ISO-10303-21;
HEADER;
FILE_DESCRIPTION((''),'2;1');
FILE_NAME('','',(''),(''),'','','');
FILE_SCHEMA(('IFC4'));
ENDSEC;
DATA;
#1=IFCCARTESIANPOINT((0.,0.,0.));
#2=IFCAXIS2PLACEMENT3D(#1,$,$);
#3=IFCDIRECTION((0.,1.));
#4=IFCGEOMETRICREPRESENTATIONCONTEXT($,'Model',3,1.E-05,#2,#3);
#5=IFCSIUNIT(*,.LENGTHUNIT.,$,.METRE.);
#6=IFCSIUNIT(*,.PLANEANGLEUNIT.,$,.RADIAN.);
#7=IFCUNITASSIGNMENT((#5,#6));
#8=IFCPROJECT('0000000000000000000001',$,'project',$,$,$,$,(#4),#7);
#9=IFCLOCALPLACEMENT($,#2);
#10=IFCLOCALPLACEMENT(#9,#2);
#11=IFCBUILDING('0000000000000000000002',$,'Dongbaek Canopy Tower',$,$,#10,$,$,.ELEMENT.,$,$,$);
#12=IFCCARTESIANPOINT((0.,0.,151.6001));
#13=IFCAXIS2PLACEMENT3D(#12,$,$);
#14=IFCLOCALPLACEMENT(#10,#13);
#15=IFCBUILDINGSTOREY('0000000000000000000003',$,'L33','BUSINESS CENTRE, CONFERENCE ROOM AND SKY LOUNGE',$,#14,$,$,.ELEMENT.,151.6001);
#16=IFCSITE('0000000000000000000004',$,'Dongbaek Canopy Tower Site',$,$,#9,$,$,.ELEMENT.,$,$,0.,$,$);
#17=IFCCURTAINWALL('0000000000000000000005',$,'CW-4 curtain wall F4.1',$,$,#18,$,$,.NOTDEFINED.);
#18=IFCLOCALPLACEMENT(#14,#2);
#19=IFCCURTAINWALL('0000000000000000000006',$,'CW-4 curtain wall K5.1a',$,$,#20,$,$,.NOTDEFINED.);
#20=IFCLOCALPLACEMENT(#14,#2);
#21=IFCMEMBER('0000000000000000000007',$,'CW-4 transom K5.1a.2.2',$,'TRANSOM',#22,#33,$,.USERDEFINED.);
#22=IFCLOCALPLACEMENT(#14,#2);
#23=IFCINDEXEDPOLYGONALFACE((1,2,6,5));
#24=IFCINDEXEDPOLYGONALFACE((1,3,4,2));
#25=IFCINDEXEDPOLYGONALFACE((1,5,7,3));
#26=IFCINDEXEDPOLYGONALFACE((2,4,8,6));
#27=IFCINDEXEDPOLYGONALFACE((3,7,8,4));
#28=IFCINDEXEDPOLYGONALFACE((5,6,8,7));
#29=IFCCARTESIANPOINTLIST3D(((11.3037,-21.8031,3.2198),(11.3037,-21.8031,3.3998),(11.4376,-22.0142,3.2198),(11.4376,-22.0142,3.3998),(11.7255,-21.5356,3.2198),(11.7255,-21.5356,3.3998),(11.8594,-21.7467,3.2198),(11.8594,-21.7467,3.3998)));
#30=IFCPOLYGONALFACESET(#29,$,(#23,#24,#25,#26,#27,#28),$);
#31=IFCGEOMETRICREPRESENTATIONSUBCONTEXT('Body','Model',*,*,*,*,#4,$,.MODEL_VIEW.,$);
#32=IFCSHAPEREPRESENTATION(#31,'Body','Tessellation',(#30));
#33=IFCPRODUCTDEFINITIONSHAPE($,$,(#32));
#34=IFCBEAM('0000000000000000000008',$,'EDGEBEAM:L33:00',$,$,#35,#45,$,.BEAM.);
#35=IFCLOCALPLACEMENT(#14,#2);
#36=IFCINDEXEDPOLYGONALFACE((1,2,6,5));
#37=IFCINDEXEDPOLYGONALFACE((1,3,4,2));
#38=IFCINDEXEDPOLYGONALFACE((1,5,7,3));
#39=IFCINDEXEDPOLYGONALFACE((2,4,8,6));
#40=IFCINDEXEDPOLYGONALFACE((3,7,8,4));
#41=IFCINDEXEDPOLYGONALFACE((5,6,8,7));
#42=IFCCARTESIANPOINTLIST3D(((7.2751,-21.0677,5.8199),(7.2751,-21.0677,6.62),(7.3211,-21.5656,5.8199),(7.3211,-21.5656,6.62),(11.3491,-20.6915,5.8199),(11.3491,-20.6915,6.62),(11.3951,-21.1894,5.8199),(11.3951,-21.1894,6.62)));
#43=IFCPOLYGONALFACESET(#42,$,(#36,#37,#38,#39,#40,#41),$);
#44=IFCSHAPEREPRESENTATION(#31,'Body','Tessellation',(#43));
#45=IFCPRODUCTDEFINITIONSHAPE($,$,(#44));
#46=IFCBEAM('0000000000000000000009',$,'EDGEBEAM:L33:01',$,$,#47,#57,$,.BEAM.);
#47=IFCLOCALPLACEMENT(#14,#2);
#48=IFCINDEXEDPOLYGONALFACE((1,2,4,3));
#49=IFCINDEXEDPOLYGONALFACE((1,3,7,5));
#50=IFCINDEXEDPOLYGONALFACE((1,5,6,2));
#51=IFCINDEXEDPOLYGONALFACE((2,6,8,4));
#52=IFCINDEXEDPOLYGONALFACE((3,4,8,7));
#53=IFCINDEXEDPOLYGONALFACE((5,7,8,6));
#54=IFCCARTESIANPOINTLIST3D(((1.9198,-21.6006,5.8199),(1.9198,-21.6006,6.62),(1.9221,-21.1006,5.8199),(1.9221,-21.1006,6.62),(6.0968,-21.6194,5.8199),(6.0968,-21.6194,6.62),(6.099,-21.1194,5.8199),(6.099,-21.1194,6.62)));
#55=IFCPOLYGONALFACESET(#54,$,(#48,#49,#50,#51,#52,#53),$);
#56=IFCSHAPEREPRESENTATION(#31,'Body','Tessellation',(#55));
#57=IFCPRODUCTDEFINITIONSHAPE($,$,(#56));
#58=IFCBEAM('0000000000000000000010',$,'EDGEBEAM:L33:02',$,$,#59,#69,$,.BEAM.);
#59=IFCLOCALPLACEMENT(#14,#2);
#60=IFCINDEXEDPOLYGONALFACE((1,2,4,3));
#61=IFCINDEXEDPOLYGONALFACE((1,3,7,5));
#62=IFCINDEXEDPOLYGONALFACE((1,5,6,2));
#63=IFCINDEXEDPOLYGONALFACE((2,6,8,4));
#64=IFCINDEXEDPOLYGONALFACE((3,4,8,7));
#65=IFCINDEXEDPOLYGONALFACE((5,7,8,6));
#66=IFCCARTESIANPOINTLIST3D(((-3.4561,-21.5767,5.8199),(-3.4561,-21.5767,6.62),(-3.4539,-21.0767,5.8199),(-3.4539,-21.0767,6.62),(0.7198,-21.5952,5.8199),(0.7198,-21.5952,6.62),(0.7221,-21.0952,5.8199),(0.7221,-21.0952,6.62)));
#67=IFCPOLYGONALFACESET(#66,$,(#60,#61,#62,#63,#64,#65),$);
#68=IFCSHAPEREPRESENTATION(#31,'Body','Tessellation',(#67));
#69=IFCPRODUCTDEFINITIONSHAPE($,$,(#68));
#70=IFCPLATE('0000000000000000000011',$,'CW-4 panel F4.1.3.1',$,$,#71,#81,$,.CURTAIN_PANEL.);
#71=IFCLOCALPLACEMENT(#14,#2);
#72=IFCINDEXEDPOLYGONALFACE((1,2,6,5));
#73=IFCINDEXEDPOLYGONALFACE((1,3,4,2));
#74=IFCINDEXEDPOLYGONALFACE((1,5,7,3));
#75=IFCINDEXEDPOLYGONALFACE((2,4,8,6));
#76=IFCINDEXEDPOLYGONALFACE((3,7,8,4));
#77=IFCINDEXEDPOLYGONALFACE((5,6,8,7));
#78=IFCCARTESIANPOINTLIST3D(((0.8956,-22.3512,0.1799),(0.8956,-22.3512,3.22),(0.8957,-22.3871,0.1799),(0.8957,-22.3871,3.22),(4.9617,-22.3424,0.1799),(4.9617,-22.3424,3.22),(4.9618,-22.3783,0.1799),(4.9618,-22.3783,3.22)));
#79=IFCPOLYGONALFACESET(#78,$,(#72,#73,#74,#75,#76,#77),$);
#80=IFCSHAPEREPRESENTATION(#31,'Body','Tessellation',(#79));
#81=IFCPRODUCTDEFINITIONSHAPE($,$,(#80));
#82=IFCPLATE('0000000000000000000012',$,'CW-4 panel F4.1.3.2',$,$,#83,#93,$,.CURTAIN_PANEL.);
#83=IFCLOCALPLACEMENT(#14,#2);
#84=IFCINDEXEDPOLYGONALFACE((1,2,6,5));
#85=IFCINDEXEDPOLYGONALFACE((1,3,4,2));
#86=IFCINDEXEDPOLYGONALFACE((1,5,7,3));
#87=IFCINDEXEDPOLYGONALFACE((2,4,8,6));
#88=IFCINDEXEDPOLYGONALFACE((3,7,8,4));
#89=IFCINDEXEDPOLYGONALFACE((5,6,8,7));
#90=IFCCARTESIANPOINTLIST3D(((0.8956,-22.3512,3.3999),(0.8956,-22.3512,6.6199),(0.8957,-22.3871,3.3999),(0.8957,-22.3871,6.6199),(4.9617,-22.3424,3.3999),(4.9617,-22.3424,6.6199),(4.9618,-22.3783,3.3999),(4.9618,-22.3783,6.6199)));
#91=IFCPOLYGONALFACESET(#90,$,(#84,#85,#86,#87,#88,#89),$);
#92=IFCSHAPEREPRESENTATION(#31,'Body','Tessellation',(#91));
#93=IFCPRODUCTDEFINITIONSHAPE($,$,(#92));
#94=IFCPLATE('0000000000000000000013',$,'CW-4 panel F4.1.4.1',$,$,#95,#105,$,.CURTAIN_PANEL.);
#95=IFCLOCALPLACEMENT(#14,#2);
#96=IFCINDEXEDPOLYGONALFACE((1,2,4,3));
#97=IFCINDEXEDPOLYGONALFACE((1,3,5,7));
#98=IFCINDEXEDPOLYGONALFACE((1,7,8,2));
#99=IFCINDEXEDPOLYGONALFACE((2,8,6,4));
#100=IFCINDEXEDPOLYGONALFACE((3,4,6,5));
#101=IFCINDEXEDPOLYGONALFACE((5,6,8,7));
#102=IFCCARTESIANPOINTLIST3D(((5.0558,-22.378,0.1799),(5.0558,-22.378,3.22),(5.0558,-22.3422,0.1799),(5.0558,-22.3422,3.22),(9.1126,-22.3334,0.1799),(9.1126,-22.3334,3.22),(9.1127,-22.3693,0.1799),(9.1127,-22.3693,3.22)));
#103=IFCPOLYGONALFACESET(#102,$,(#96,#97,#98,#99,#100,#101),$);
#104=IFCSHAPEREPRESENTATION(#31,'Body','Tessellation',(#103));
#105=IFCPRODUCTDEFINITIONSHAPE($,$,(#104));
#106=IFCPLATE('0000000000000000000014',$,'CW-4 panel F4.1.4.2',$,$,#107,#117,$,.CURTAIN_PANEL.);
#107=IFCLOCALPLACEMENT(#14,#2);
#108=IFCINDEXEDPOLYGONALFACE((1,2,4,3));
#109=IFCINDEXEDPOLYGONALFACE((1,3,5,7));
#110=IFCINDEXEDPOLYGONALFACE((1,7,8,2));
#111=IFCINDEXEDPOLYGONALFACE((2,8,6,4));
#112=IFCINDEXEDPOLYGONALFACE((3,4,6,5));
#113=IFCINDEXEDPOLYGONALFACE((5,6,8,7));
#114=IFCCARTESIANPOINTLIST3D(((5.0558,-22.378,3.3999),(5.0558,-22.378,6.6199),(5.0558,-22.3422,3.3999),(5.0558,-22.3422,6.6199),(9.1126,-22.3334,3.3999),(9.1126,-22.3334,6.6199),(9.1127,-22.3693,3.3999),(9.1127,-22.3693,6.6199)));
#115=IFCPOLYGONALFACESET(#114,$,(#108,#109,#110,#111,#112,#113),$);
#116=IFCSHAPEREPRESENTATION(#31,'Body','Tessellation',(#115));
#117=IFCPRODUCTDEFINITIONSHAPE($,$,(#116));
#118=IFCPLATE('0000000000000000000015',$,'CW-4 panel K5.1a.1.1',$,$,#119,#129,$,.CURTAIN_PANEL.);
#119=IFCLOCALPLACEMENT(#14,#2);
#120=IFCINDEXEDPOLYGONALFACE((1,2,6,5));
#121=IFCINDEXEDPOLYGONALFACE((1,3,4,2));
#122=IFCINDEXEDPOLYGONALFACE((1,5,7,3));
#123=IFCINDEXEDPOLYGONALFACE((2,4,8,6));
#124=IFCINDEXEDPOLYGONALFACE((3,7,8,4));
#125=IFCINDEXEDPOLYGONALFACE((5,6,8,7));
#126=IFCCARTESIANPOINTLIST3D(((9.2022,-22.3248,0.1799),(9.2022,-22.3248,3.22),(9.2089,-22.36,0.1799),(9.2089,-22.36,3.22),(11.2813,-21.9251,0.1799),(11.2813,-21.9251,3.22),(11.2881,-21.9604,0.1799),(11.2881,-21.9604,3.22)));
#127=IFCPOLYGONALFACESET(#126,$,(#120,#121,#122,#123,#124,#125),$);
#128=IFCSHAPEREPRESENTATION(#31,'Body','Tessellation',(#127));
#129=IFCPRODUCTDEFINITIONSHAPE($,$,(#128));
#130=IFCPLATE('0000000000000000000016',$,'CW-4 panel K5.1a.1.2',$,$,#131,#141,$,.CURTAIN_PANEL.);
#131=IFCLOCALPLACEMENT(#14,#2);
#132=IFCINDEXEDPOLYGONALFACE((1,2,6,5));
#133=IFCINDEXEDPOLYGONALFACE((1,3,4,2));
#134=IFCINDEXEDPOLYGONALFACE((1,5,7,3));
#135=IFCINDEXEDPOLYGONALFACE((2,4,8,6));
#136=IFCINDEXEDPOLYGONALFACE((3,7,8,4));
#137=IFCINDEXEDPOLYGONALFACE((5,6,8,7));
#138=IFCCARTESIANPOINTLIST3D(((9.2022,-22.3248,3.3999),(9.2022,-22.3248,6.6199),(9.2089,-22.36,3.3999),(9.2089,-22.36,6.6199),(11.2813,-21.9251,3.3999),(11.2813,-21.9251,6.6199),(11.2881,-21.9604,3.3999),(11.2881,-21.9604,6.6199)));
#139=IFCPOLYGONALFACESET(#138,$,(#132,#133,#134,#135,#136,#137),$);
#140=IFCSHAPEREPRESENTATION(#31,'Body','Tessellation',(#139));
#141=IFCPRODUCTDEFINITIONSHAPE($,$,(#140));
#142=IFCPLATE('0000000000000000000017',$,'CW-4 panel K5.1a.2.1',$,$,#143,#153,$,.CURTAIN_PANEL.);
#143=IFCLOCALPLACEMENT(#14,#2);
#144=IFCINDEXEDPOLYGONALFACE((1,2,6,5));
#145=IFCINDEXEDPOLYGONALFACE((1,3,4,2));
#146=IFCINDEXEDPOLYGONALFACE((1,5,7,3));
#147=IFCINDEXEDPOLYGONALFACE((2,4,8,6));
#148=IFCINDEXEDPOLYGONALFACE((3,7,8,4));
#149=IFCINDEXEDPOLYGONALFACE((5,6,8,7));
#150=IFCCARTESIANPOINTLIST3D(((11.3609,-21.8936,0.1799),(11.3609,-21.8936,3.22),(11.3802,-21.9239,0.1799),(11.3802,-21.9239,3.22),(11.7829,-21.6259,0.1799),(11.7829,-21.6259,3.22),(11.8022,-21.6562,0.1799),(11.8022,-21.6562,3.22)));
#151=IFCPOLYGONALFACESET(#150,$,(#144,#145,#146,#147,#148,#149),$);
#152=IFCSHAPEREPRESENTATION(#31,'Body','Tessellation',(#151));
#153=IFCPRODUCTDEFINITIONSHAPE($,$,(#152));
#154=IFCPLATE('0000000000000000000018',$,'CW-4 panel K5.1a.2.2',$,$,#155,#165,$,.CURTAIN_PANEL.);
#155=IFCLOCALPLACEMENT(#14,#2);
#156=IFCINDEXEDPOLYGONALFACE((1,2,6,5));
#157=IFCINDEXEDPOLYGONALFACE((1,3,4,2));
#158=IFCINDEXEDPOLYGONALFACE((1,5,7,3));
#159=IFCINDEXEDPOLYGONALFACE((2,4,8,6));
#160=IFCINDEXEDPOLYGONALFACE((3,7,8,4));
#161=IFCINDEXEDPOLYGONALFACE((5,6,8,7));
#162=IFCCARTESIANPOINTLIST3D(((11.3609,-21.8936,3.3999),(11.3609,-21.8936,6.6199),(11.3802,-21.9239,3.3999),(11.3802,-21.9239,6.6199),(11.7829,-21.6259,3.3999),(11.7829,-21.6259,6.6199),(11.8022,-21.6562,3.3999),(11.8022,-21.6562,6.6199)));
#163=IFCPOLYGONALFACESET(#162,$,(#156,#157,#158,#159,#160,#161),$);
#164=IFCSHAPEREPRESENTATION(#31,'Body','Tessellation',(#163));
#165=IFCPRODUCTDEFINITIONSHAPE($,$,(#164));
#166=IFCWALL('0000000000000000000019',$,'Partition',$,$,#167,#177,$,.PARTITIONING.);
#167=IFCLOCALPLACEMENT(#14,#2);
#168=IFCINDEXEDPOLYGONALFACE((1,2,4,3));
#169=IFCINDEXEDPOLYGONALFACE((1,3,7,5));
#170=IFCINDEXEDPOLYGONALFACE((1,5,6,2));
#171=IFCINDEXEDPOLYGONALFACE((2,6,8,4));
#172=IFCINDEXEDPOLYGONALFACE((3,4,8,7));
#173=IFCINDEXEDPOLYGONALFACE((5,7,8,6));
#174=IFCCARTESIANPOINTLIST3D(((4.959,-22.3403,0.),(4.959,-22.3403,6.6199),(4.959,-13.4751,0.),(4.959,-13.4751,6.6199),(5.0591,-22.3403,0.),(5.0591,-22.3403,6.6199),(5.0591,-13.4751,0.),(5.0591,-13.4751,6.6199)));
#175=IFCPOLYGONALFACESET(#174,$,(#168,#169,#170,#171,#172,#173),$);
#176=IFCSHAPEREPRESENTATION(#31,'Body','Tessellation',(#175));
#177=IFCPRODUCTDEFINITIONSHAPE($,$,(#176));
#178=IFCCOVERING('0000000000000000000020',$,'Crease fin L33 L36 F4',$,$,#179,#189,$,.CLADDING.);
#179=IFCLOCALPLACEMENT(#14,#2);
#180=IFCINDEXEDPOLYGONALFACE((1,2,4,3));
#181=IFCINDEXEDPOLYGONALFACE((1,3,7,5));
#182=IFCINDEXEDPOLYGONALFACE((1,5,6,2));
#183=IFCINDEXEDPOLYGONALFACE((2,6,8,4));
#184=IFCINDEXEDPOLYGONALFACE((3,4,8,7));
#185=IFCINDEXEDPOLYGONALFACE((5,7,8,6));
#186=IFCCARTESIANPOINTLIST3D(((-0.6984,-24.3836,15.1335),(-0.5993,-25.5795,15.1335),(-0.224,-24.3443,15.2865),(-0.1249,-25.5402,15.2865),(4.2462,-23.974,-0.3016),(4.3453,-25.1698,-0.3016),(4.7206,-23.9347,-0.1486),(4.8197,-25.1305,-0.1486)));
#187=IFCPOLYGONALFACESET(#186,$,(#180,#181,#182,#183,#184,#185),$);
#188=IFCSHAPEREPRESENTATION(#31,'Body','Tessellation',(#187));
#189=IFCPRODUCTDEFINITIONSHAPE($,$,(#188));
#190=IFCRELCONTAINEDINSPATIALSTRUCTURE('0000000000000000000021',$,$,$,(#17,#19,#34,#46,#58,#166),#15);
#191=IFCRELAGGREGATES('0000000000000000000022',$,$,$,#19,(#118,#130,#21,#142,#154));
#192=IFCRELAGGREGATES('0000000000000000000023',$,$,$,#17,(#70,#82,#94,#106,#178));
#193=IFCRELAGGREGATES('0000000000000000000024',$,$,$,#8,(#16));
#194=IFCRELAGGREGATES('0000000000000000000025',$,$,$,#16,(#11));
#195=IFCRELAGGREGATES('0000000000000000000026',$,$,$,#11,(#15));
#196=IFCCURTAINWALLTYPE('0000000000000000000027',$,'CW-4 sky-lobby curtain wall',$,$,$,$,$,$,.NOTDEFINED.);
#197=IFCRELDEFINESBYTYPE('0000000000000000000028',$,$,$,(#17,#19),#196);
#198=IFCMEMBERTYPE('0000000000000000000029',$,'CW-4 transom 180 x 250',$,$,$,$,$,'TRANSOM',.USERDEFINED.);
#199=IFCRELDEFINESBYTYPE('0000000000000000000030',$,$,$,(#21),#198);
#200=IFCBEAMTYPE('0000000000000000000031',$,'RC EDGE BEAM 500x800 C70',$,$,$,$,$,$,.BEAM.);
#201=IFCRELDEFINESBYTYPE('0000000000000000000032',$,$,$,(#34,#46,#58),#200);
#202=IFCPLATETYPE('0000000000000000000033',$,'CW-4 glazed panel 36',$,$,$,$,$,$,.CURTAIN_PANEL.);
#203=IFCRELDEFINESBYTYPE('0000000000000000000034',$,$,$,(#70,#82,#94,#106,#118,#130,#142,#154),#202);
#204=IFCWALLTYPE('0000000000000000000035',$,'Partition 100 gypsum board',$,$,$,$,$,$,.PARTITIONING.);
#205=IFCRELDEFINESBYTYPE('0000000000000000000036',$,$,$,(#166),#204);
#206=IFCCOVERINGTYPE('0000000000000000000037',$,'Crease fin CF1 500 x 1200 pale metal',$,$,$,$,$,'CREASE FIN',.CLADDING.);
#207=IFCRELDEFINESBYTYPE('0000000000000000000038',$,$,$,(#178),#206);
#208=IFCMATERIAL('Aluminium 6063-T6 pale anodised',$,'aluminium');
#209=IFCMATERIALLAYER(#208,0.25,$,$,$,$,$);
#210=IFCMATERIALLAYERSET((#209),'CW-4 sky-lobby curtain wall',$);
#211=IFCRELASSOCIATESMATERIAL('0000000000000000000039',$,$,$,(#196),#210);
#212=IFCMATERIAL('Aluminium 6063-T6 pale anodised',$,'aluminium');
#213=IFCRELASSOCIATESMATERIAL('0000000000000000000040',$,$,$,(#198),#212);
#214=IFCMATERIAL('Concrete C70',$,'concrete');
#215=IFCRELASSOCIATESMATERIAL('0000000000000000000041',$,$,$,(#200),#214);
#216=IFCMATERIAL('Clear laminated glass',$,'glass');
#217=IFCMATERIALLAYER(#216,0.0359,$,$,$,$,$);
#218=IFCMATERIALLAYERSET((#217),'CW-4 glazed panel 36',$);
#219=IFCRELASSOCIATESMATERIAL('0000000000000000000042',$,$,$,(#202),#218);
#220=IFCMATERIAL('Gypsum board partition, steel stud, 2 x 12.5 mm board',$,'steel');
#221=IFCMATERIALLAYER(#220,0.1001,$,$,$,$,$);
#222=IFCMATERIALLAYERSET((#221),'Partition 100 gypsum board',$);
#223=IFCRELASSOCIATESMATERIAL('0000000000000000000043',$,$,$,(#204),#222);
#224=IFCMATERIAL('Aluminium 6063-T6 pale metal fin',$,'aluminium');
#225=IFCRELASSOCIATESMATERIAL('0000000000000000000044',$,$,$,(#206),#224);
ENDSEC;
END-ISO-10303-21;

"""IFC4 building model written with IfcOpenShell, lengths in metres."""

from ifc_helpers import new_model, si_unit, direction, frame, frame_2d, origin, origin_2d, place, context, subcontext, project, spatial, rectangle, extrude, material, layer, layer_set, material_profile, profile_set, type_object, element, aggregate, save


model = new_model("IFC4")

# Units and contexts
model_context = context("Model", 3, precision=1e-05, world=origin(), true_north=direction((0.0, 1.0)))
body_context = subcontext(model_context, "Body", "Model", "MODEL_VIEW")
ifc_project = project(units=[si_unit("LENGTHUNIT", "METRE"), si_unit("PLANEANGLEUNIT", "RADIAN")], contexts=[model_context])

# Site, building, storey
site_placement = place(None, origin())
site = spatial("IfcSite", under=ifc_project, at=site_placement, Name="Dongbaek Canopy Tower Site", CompositionType="ELEMENT", RefElevation=0.0)
building_placement = place(site_placement, origin())
building = spatial("IfcBuilding", under=site, at=building_placement, Name="Dongbaek Canopy Tower", CompositionType="ELEMENT")
storey_placement = place(building_placement, frame((0.0, 0.0, 151.6001)))
storey = spatial("IfcBuildingStorey", under=building, at=storey_placement, Name="L33", Description="BUSINESS CENTRE, CONFERENCE ROOM AND SKY LOUNGE", CompositionType="ELEMENT", Elevation=151.6001)

# Curtain walls
ifc_material_1 = material(Name="Aluminium 6063-T6 pale anodised", Category="aluminium")
ifc_layer_1 = layer(ifc_material_1, 0.25)
ifc_layer_set_1 = layer_set([ifc_layer_1], Name="CW-4 sky-lobby curtain wall")
curtain_wall_type = type_object("IfcCurtainWallType", Name="CW-4 sky-lobby curtain wall", PredefinedType="NOTDEFINED", material=ifc_layer_set_1)
curtain_wall_1_placement = place(storey_placement, origin())
curtain_wall_1 = element("IfcCurtainWall", 1, at=curtain_wall_1_placement, inside=storey, type_object=curtain_wall_type, Name="CW-4 curtain wall F4.1", PredefinedType="NOTDEFINED")
curtain_wall_2_placement = place(storey_placement, origin())
curtain_wall_2 = element("IfcCurtainWall", 2, at=curtain_wall_2_placement, inside=storey, type_object=curtain_wall_type, Name="CW-4 curtain wall K5.1a", PredefinedType="NOTDEFINED")

# Member
ifc_material_2 = material(Name="Aluminium 6063-T6 pale anodised", Category="aluminium")
ifc_material_profile_1 = material_profile(ifc_material_2, rectangle(XDim=0.25, YDim=0.1799, at=origin_2d()), Name="CW-4 transom 180 x 250")
ifc_profile_set_1 = profile_set([ifc_material_profile_1], Name="Aluminium 6063-T6 pale anodised")
member_type_1 = type_object("IfcMemberType", Name="CW-4 transom 180 x 250", ElementType="TRANSOM", PredefinedType="USERDEFINED", material=ifc_profile_set_1)
member_1_placement = place(storey_placement, frame((11.3706, -21.9087, 3.3098), z_axis=(0.844465, 0.53561, 0.0), x_axis=(-0.53561, 0.844465, 0.0)))
member_1 = element("IfcMember", 3, at=member_1_placement, type_object=member_type_1, Name="CW-4 transom K5.1a.2.2", ObjectType="TRANSOM", PredefinedType="USERDEFINED", context=body_context, shape_type="SweptSolid", body=[
    extrude(rectangle(XDim=0.25, YDim=0.1799, at=origin_2d()), origin(), (0.0, 0.0, 1.0), 0.4995),
])

# Beams
ifc_material_3 = material(Name="Concrete C70", Category="concrete")
ifc_material_profile_2 = material_profile(ifc_material_3, rectangle(XDim=0.5, YDim=0.8, at=origin_2d()), Name="RC EDGE BEAM 500x800 C70")
ifc_profile_set_2 = profile_set([ifc_material_profile_2], Name="Concrete C70")
beam_type = type_object("IfcBeamType", Name="RC EDGE BEAM 500x800 C70", PredefinedType="BEAM", material=ifc_profile_set_2)
beam_1_placement = place(storey_placement, frame((11.3721, -20.9404, 6.22), z_axis=(-0.995763, -0.091956, 0.0), x_axis=(0.091956, -0.995763, 0.0)))
element("IfcBeam", 4, at=beam_1_placement, inside=storey, type_object=beam_type, Name="EDGEBEAM:L33:00", PredefinedType="BEAM", context=body_context, shape_type="SweptSolid", body=[
    extrude(rectangle(XDim=0.5, YDim=0.8, at=origin_2d()), origin(), (0.0, 0.0, 1.0), 4.0913),
])
beam_2_placement = place(storey_placement, frame((6.0979, -21.3694, 6.22), z_axis=(-0.99999, 0.004501, 0.0), x_axis=(-0.004501, -0.99999, 0.0)))
element("IfcBeam", 5, at=beam_2_placement, inside=storey, type_object=beam_type, Name="EDGEBEAM:L33:01", PredefinedType="BEAM", context=body_context, shape_type="SweptSolid", body=[
    extrude(rectangle(XDim=0.5, YDim=0.8, at=origin_2d()), origin(), (0.0, 0.0, 1.0), 4.177),
])
beam_3_placement = place(storey_placement, frame((0.7209, -21.3452, 6.22), z_axis=(-0.99999, 0.004443, 0.0), x_axis=(-0.004443, -0.99999, 0.0)))
element("IfcBeam", 6, at=beam_3_placement, inside=storey, type_object=beam_type, Name="EDGEBEAM:L33:02", PredefinedType="BEAM", context=body_context, shape_type="SweptSolid", body=[
    extrude(rectangle(XDim=0.5, YDim=0.8, at=origin_2d()), origin(), (0.0, 0.0, 1.0), 4.176),
])

# Plates
ifc_material_4 = material(Name="Clear laminated glass", Category="glass")
ifc_layer_2 = layer(ifc_material_4, 0.0359)
ifc_layer_set_2 = layer_set([ifc_layer_2], Name="CW-4 glazed panel 36")
plate_type = type_object("IfcPlateType", Name="CW-4 glazed panel 36", PredefinedType="CURTAIN_PANEL", material=ifc_layer_set_2)
plate_1_placement = place(storey_placement, frame((2.9287, -22.3647, 0.1799), z_axis=(0.0, 0.0, 1.0), x_axis=(0.999998, 0.002164, 0.0)))
plate_1 = element("IfcPlate", 7, at=plate_1_placement, type_object=plate_type, Name="CW-4 panel F4.1.3.1", PredefinedType="CURTAIN_PANEL", context=body_context, shape_type="SweptSolid", body=[
    extrude(rectangle(XDim=4.0662, YDim=0.0359, at=origin_2d()), origin(), (0.0, 0.0, 1.0), 3.04),
])
plate_2_placement = place(storey_placement, frame((2.9287, -22.3647, 3.3999), z_axis=(0.0, 0.0, 1.0), x_axis=(0.999998, 0.002164, 0.0)))
plate_2 = element("IfcPlate", 8, at=plate_2_placement, type_object=plate_type, Name="CW-4 panel F4.1.3.2", PredefinedType="CURTAIN_PANEL", context=body_context, shape_type="SweptSolid", body=[
    extrude(rectangle(XDim=4.0662, YDim=0.0359, at=origin_2d()), origin(), (0.0, 0.0, 1.0), 3.22),
])
plate_3_placement = place(storey_placement, frame((7.0842, -22.3557, 0.1799), z_axis=(0.0, 0.0, 1.0), x_axis=(0.999998, 0.002164, 0.0)))
plate_3 = element("IfcPlate", 9, at=plate_3_placement, type_object=plate_type, Name="CW-4 panel F4.1.4.1", PredefinedType="CURTAIN_PANEL", context=body_context, shape_type="SweptSolid", body=[
    extrude(rectangle(XDim=4.0569, YDim=0.0359, at=origin_2d()), origin(), (0.0, 0.0, 1.0), 3.04),
])
plate_4_placement = place(storey_placement, frame((7.0842, -22.3557, 3.3999), z_axis=(0.0, 0.0, 1.0), x_axis=(0.999998, 0.002164, 0.0)))
plate_4 = element("IfcPlate", 10, at=plate_4_placement, type_object=plate_type, Name="CW-4 panel F4.1.4.2", PredefinedType="CURTAIN_PANEL", context=body_context, shape_type="SweptSolid", body=[
    extrude(rectangle(XDim=4.0569, YDim=0.0359, at=origin_2d()), origin(), (0.0, 0.0, 1.0), 3.22),
])
plate_5_placement = place(storey_placement, frame((10.2451, -22.1426, 0.1799), z_axis=(0.0, 0.0, 1.0), x_axis=(0.982025, 0.188751, 0.0)))
plate_5 = element("IfcPlate", 11, at=plate_5_placement, type_object=plate_type, Name="CW-4 panel K5.1a.1.1", PredefinedType="CURTAIN_PANEL", context=body_context, shape_type="SweptSolid", body=[
    extrude(rectangle(XDim=2.1172, YDim=0.0359, at=origin_2d()), origin(), (0.0, 0.0, 1.0), 3.04),
])
plate_6_placement = place(storey_placement, frame((10.2451, -22.1426, 3.3999), z_axis=(0.0, 0.0, 1.0), x_axis=(0.982025, 0.188751, 0.0)))
plate_6 = element("IfcPlate", 12, at=plate_6_placement, type_object=plate_type, Name="CW-4 panel K5.1a.1.2", PredefinedType="CURTAIN_PANEL", context=body_context, shape_type="SweptSolid", body=[
    extrude(rectangle(XDim=2.1172, YDim=0.0359, at=origin_2d()), origin(), (0.0, 0.0, 1.0), 3.22),
])
plate_7_placement = place(storey_placement, frame((11.5815, -21.7749, 0.1799), z_axis=(0.0, 0.0, 1.0), x_axis=(0.844405, 0.535706, 0.0)))
plate_7 = element("IfcPlate", 13, at=plate_7_placement, type_object=plate_type, Name="CW-4 panel K5.1a.2.1", PredefinedType="CURTAIN_PANEL", context=body_context, shape_type="SweptSolid", body=[
    extrude(rectangle(XDim=0.4998, YDim=0.0359, at=origin_2d()), origin(), (0.0, 0.0, 1.0), 3.04),
])
plate_8_placement = place(storey_placement, frame((11.5815, -21.7749, 3.3999), z_axis=(0.0, 0.0, 1.0), x_axis=(0.844405, 0.535706, 0.0)))
plate_8 = element("IfcPlate", 14, at=plate_8_placement, type_object=plate_type, Name="CW-4 panel K5.1a.2.2", PredefinedType="CURTAIN_PANEL", context=body_context, shape_type="SweptSolid", body=[
    extrude(rectangle(XDim=0.4998, YDim=0.0359, at=origin_2d()), origin(), (0.0, 0.0, 1.0), 3.22),
])
aggregate(curtain_wall_2, [plate_5, plate_6, member_1, plate_7, plate_8])

# Wall
ifc_material_5 = material(Name="Gypsum board partition, steel stud, 2 x 12.5 mm board", Category="steel")
ifc_layer_3 = layer(ifc_material_5, 0.1001)
ifc_layer_set_3 = layer_set([ifc_layer_3], Name="Partition 100 gypsum board")
wall_type = type_object("IfcWallType", Name="Partition 100 gypsum board", PredefinedType="PARTITIONING", material=ifc_layer_set_3)
wall_placement = place(storey_placement, frame((5.009, -22.3403, 0.0), z_axis=(0.0, 0.0, 1.0), x_axis=(0.0, 1.0, 0.0)))
element("IfcWall", 15, at=wall_placement, inside=storey, type_object=wall_type, Name="Partition", PredefinedType="PARTITIONING", context=body_context, shape_type="SweptSolid", body=[
    extrude(rectangle(XDim=8.8652, YDim=0.1001, at=frame_2d((4.4326, 0.0))), origin(), (0.0, 0.0, 1.0), 6.6199),
])

# Covering
ifc_material_6 = material(Name="Aluminium 6063-T6 pale metal fin", Category="aluminium")
ifc_material_profile_3 = material_profile(ifc_material_6, rectangle(XDim=1.2, YDim=0.5, at=origin_2d()), Name="Crease fin CF1 500 x 1200 pale metal")
ifc_profile_set_3 = profile_set([ifc_material_profile_3], Name="Aluminium 6063-T6 pale metal fin")
covering_type = type_object("IfcCoveringType", Name="Crease fin CF1 500 x 1200 pale metal", ElementType="CREASE FIN", PredefinedType="CLADDING", material=ifc_profile_set_3)
covering_placement = place(storey_placement, frame((4.533, -24.5522, -0.2251), z_axis=(-0.304978, -0.025268, 0.952024), x_axis=(0.082569, -0.996585, 0.0)))
covering = element("IfcCovering", 16, at=covering_placement, type_object=covering_type, Name="Crease fin L33 L36 F4", PredefinedType="CLADDING", context=body_context, shape_type="SweptSolid", body=[
    extrude(rectangle(XDim=1.2, YDim=0.5, at=origin_2d()), origin(), (0.0, 0.0, 1.0), 16.2129),
])
aggregate(curtain_wall_1, [plate_1, plate_2, plate_3, plate_4, covering])

save(model, "model.ifc")
